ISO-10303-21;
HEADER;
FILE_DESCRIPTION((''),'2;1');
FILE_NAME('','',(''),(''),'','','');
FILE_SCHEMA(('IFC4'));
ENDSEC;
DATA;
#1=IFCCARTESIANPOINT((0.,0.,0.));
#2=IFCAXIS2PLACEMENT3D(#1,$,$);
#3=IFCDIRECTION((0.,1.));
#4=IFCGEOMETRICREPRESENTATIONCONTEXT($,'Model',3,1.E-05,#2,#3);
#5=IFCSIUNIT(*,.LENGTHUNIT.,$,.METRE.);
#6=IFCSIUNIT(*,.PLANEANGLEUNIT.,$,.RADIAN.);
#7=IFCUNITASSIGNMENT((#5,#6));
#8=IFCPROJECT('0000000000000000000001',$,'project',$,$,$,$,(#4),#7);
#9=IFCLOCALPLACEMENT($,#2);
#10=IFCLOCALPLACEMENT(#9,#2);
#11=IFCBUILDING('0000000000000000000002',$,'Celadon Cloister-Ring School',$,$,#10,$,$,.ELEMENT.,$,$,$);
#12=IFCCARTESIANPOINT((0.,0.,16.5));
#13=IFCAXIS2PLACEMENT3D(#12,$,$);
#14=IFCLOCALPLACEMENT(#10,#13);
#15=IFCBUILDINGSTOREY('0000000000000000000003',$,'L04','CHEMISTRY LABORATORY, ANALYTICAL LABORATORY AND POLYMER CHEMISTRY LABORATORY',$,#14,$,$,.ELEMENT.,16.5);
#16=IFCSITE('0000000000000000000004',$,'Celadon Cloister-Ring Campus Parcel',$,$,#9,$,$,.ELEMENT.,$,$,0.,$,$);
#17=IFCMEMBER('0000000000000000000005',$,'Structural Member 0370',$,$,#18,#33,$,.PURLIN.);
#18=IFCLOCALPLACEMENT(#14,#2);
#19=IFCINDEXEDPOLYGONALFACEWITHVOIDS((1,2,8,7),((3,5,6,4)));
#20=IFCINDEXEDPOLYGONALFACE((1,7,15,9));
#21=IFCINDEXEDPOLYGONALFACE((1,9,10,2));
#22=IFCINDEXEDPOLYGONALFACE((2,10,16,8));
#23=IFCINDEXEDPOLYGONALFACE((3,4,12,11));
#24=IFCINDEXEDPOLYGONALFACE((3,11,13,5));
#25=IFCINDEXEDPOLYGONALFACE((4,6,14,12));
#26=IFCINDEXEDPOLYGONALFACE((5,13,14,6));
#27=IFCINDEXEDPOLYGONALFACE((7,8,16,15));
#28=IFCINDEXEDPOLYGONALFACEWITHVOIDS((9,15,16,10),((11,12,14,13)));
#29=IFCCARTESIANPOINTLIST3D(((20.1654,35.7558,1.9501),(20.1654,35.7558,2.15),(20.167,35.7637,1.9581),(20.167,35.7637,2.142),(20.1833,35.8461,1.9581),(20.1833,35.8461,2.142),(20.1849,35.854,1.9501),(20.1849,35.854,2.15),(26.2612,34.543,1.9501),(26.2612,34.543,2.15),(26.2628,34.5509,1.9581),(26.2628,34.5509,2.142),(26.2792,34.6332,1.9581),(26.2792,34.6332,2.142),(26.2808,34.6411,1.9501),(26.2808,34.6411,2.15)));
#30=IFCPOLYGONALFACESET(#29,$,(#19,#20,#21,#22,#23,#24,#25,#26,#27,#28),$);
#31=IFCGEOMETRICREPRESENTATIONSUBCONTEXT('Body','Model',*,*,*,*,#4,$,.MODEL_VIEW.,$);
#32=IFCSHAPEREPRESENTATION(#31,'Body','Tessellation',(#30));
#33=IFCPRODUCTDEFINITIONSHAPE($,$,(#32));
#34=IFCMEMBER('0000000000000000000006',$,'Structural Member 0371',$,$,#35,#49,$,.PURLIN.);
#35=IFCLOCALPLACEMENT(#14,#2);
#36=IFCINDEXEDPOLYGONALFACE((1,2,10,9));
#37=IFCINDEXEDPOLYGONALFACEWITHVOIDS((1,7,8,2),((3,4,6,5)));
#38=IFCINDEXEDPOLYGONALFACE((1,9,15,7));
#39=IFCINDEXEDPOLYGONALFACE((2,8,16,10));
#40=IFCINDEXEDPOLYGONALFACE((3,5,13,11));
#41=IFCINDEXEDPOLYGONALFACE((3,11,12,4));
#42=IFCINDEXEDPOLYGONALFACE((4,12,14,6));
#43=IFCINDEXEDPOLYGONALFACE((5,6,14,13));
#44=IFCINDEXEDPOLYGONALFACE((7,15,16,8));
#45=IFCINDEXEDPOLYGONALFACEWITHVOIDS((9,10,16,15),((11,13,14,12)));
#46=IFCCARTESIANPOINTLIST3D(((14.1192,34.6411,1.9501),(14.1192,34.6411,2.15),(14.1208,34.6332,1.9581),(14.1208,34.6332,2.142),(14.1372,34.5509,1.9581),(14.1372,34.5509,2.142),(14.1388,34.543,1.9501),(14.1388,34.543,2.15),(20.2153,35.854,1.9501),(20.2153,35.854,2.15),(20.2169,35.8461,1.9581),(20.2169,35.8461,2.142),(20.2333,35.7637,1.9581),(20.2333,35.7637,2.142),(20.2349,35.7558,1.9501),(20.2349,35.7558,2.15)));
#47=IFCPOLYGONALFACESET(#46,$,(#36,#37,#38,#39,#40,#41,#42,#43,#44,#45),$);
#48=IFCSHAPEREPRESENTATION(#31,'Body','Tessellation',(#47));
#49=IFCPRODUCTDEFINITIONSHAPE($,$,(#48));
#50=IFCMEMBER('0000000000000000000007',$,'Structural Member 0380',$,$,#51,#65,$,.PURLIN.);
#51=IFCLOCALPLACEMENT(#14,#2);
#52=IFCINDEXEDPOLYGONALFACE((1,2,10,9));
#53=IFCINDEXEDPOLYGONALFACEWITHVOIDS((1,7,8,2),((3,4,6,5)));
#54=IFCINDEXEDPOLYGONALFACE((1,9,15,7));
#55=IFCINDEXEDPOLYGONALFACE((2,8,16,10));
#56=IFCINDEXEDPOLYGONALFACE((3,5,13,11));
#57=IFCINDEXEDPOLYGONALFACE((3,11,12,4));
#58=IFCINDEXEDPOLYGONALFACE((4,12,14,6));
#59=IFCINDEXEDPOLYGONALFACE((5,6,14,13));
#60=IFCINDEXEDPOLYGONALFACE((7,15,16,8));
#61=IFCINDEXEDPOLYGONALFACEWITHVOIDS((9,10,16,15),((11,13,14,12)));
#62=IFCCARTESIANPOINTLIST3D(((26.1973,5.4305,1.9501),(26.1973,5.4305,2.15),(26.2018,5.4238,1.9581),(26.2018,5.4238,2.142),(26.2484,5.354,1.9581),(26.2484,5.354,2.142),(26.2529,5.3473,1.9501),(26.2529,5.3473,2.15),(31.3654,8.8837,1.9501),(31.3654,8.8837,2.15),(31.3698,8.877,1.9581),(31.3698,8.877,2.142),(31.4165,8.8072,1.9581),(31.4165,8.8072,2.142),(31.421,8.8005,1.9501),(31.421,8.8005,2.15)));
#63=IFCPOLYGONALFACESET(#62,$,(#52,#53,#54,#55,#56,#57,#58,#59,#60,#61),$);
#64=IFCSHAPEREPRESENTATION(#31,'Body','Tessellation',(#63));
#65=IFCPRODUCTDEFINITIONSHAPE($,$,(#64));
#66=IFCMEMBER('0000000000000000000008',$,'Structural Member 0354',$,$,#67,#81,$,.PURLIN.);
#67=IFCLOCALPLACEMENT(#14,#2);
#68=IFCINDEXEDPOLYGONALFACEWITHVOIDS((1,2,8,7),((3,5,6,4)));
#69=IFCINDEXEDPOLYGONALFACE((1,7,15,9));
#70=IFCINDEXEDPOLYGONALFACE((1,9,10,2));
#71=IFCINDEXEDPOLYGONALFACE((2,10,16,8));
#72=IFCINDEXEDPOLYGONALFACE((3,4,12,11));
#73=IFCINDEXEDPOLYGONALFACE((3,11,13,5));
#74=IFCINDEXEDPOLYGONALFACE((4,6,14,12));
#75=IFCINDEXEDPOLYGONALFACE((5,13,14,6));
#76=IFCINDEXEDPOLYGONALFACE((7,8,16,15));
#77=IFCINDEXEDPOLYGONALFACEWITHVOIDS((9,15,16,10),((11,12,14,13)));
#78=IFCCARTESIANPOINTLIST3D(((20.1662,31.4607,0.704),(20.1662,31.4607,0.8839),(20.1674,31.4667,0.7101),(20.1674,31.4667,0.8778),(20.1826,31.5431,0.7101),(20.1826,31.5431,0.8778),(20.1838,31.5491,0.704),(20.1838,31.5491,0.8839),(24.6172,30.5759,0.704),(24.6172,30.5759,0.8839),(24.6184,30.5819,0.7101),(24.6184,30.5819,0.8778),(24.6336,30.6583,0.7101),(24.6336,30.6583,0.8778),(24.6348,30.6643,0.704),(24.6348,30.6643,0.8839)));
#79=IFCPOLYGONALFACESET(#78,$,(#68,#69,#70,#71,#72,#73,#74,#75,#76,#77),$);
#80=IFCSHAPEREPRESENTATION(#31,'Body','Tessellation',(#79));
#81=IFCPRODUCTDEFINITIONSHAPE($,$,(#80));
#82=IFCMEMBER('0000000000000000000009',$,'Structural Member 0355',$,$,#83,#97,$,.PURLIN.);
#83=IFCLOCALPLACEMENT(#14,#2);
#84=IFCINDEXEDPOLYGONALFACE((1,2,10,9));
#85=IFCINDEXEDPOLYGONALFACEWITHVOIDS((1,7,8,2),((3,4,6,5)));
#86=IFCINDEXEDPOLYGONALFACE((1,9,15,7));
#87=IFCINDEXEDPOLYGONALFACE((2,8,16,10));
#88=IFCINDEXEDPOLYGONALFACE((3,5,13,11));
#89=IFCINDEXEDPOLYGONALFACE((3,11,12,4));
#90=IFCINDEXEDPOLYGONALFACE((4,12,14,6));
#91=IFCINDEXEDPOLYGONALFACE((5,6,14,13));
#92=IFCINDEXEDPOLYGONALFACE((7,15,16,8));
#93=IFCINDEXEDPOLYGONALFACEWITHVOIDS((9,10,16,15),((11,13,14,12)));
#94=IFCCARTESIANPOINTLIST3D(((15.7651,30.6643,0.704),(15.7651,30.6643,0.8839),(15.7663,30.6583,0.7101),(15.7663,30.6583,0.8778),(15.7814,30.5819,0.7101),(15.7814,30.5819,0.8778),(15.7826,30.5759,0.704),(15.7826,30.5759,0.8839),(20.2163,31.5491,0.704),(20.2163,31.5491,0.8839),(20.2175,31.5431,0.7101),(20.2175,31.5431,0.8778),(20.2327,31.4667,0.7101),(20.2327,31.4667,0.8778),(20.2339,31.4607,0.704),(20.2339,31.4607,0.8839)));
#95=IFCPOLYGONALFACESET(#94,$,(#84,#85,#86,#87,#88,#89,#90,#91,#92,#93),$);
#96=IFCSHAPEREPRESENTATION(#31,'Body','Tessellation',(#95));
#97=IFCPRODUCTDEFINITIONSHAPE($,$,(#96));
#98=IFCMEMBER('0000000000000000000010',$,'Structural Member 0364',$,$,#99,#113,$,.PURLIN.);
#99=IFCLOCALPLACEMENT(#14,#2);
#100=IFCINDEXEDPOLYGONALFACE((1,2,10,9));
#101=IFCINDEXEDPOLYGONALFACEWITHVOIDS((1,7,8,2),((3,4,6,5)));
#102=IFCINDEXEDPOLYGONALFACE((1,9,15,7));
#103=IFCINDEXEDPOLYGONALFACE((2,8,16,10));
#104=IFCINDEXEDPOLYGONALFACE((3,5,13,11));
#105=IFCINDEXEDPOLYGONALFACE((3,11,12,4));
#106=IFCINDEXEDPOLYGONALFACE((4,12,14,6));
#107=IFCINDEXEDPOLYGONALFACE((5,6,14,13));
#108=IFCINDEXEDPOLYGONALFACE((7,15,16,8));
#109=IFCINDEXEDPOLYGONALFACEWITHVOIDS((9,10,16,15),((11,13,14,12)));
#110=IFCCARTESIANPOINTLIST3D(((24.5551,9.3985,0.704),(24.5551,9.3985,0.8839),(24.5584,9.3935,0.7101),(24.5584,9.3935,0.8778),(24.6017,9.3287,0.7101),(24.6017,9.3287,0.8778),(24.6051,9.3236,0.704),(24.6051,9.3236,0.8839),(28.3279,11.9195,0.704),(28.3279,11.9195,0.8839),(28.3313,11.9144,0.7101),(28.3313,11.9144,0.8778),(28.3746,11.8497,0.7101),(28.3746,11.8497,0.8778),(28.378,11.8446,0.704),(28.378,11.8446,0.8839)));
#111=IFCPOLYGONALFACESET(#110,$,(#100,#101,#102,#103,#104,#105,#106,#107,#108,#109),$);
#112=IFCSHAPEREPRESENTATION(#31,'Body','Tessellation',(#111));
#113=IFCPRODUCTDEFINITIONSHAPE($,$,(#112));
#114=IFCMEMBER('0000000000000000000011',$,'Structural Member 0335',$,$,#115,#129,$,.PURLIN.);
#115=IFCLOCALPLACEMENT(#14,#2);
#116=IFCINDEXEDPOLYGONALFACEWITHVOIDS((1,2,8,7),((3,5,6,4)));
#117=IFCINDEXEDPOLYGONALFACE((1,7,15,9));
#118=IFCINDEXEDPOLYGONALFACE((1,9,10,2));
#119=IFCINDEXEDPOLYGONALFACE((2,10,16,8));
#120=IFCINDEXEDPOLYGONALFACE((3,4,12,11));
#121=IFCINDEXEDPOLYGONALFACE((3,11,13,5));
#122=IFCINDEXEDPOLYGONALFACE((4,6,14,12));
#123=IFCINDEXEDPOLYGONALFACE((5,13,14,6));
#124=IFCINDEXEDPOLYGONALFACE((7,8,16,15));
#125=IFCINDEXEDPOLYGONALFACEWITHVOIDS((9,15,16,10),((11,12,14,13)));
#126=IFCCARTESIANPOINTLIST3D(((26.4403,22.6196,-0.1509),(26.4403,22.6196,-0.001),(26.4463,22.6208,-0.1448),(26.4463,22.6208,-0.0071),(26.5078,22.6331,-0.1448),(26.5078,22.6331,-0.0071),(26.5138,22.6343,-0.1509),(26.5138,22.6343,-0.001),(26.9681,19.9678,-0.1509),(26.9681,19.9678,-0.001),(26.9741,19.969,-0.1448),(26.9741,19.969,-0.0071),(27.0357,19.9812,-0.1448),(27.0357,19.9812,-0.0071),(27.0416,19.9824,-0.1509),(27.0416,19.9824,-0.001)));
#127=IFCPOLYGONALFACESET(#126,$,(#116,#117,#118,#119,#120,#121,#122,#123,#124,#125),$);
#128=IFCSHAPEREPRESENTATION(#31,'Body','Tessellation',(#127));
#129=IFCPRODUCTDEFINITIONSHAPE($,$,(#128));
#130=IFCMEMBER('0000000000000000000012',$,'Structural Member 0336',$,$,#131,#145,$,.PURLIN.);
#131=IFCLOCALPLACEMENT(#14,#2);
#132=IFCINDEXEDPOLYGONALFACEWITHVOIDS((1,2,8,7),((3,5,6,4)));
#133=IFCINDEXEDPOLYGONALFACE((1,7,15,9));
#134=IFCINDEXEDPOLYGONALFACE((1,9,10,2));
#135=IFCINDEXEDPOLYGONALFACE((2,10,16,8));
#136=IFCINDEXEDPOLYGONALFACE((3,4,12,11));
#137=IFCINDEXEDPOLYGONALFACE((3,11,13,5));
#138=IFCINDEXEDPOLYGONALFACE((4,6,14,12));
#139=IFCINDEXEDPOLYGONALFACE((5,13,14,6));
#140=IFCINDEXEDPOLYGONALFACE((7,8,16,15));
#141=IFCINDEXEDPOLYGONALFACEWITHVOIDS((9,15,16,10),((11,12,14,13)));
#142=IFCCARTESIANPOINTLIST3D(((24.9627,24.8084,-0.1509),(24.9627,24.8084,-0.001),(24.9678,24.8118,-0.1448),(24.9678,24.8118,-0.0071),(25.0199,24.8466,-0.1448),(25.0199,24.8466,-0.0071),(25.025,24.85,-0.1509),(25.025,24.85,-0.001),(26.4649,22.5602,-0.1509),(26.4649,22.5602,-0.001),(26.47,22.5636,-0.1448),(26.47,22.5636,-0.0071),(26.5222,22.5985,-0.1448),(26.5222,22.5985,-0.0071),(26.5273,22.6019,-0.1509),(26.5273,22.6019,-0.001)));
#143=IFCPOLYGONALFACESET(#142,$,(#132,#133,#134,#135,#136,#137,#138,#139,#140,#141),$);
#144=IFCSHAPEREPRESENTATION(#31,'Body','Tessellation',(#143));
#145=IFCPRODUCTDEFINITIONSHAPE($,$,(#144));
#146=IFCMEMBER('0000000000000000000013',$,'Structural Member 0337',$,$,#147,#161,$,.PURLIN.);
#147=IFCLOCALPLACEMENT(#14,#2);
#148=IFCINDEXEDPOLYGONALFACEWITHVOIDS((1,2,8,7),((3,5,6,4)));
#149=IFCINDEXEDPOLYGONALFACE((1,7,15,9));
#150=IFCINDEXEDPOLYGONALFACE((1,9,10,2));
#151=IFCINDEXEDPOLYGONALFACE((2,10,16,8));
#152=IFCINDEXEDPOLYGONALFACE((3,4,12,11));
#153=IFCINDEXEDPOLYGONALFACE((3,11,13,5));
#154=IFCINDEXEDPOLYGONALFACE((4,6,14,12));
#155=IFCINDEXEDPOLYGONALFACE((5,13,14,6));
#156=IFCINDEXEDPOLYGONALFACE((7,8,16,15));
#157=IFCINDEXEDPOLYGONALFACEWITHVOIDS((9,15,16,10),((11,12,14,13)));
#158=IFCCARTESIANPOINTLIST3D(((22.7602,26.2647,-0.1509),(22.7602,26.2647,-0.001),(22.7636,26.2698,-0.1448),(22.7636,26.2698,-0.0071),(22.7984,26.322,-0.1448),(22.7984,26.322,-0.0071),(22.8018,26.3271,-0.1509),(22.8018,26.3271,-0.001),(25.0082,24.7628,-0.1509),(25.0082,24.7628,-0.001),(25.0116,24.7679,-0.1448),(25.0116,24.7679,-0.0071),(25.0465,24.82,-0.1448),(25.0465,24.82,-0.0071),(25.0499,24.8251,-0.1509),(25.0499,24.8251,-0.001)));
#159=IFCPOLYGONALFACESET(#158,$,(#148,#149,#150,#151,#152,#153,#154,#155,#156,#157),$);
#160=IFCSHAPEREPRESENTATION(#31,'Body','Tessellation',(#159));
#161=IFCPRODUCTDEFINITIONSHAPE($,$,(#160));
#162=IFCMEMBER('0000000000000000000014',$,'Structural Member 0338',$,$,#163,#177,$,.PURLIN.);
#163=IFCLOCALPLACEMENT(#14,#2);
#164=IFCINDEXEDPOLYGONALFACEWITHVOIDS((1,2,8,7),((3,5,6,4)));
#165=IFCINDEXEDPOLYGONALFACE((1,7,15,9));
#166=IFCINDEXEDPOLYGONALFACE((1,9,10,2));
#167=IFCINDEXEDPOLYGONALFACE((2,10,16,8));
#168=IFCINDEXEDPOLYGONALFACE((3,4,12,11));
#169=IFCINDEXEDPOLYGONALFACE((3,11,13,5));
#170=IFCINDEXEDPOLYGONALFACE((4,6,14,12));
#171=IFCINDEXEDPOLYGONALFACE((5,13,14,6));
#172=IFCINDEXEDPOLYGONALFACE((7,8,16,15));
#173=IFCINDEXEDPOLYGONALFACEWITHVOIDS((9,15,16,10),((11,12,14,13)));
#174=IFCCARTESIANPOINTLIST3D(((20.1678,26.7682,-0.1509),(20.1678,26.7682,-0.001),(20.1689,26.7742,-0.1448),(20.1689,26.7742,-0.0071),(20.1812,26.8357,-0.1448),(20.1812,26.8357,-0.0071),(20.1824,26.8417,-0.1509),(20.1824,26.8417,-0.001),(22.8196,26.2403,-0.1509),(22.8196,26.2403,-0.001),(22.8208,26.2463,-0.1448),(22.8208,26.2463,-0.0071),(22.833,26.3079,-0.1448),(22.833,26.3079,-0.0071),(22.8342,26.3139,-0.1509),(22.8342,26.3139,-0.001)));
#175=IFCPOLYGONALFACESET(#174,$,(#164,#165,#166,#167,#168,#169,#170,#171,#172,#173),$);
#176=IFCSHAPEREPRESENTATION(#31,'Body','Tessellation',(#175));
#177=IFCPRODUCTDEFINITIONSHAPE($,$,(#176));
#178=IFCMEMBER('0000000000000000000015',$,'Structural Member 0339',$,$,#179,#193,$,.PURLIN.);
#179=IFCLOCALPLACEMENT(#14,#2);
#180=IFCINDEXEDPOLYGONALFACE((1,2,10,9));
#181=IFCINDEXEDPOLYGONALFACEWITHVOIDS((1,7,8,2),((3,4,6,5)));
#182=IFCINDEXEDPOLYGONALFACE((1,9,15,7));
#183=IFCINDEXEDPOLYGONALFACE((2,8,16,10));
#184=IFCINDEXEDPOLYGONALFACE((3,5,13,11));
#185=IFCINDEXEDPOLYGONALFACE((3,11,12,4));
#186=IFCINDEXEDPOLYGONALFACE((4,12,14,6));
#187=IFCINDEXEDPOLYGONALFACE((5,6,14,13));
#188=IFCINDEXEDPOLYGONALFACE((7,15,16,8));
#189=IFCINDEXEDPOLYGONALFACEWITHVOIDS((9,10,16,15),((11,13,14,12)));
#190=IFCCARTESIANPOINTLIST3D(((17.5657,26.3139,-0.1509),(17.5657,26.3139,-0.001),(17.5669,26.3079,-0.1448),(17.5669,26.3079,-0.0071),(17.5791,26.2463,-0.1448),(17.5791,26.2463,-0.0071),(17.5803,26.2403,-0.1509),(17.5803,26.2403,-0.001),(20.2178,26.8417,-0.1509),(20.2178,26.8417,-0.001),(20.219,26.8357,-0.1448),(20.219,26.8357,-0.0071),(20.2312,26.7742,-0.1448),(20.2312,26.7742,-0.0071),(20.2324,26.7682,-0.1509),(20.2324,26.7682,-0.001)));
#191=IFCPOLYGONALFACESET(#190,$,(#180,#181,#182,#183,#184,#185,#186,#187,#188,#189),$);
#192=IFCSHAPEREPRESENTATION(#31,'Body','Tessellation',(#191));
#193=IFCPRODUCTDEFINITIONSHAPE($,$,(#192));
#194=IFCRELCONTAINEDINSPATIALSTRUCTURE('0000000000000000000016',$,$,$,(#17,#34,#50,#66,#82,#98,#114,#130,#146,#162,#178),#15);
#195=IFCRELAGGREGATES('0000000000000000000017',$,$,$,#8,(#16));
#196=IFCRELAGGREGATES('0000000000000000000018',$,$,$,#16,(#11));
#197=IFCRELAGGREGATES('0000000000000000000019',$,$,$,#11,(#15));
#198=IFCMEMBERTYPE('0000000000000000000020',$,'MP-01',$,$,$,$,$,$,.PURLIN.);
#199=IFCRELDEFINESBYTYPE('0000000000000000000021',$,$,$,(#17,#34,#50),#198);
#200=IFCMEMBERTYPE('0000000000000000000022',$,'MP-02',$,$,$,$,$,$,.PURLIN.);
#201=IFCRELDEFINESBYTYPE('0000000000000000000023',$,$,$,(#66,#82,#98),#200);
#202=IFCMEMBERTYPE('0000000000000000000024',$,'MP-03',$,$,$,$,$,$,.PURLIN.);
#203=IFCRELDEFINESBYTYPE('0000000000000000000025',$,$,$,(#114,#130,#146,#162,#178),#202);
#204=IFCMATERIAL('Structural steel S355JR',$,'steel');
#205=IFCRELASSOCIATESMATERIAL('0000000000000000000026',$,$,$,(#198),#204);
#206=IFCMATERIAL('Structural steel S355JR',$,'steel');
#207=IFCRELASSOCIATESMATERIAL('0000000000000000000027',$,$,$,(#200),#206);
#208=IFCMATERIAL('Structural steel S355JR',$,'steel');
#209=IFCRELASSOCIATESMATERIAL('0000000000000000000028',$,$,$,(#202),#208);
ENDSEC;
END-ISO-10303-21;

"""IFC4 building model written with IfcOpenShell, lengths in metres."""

from ifc_helpers import new_model, si_unit, direction, frame, origin, origin_2d, place, context, subcontext, project, spatial, hollow_rectangle, extrude, material, material_profile, profile_set, type_object, element, save


model = new_model("IFC4")

# Units and contexts
model_context = context("Model", 3, precision=1e-05, world=origin(), true_north=direction((0.0, 1.0)))
body_context = subcontext(model_context, "Body", "Model", "MODEL_VIEW")
ifc_project = project(units=[si_unit("LENGTHUNIT", "METRE"), si_unit("PLANEANGLEUNIT", "RADIAN")], contexts=[model_context])

# Site, building, storey
site_placement = place(None, origin())
site = spatial("IfcSite", under=ifc_project, at=site_placement, Name="Celadon Cloister-Ring Campus Parcel", CompositionType="ELEMENT", RefElevation=0.0)
building_placement = place(site_placement, origin())
building = spatial("IfcBuilding", under=site, at=building_placement, Name="Celadon Cloister-Ring School", CompositionType="ELEMENT")
storey_placement = place(building_placement, frame((0.0, 0.0, 16.5)))
storey = spatial("IfcBuildingStorey", under=building, at=storey_placement, Name="L04", Description="CHEMISTRY LABORATORY, ANALYTICAL LABORATORY AND POLYMER CHEMISTRY LABORATORY", CompositionType="ELEMENT", Elevation=16.5)

# Members
ifc_material_1 = material(Name="Structural steel S355JR", Category="steel")
ifc_material_profile_1 = material_profile(ifc_material_1, hollow_rectangle(XDim=0.1001, YDim=0.2, WallThickness=0.0081, at=origin_2d()), Name="HSS200X100X8")
ifc_profile_set_1 = profile_set([ifc_material_profile_1], Name="Structural steel S355JR")
member_type_1 = type_object("IfcMemberType", Name="MP-01", PredefinedType="PURLIN", material=ifc_profile_set_1)
member_1_placement = place(storey_placement, frame((26.271, 34.592, 2.05), z_axis=(-0.980775, 0.195142, 0.0), x_axis=(-0.195142, -0.980775, 0.0)))
element("IfcMember", 1, at=member_1_placement, inside=storey, type_object=member_type_1, Name="Structural Member 0370", PredefinedType="PURLIN", context=body_context, shape_type="SweptSolid", body=[
    extrude(hollow_rectangle(XDim=0.1001, YDim=0.2, WallThickness=0.0081, at=origin_2d()), origin(), (0.0, 0.0, 1.0), 6.2153),
])
for number, where, z_axis, x_axis, name in (
    (2, (20.2251, 35.8049, 2.05), (-0.980777, -0.195134, 0.0), (0.195134, -0.980777, 0.0), "Structural Member 0371"),
    (3, (26.2251, 5.3889, 2.05), (0.83147, 0.55557, 0.0), (-0.55557, 0.83147, 0.0), "Structural Member 0380"),
):
    element("IfcMember", number, at=place(storey_placement, frame(where, z_axis=z_axis, x_axis=x_axis)), inside=storey, type_object=member_type_1, Name=name, PredefinedType="PURLIN", context=body_context, shape_type="SweptSolid", body=[
        extrude(hollow_rectangle(XDim=0.1001, YDim=0.2, WallThickness=0.0081, at=origin_2d()), origin(), (0.0, 0.0, 1.0), 6.2156),
    ])
ifc_material_2 = material(Name="Structural steel S355JR", Category="steel")
ifc_material_profile_2 = material_profile(ifc_material_2, hollow_rectangle(XDim=0.0901, YDim=0.1799, WallThickness=0.0061, at=origin_2d()), Name="HSS180X90X6")
ifc_profile_set_2 = profile_set([ifc_material_profile_2], Name="Structural steel S355JR")
member_type_2 = type_object("IfcMemberType", Name="MP-02", PredefinedType="PURLIN", material=ifc_profile_set_2)
member_2_placement = place(storey_placement, frame((24.626, 30.6201, 0.7939), z_axis=(-0.98081, 0.194968, 0.0), x_axis=(-0.194968, -0.98081, 0.0)))
element("IfcMember", 4, at=member_2_placement, inside=storey, type_object=member_type_2, Name="Structural Member 0354", PredefinedType="PURLIN", context=body_context, shape_type="SweptSolid", body=[
    extrude(hollow_rectangle(XDim=0.0901, YDim=0.1799, WallThickness=0.0061, at=origin_2d()), origin(), (0.0, 0.0, 1.0), 4.5381),
])
member_3_placement = place(storey_placement, frame((20.2251, 31.5049, 0.7939), z_axis=(-0.980812, -0.194957, 0.0), x_axis=(0.194957, -0.980812, 0.0)))
element("IfcMember", 5, at=member_3_placement, inside=storey, type_object=member_type_2, Name="Structural Member 0355", PredefinedType="PURLIN", context=body_context, shape_type="SweptSolid", body=[
    extrude(hollow_rectangle(XDim=0.0901, YDim=0.1799, WallThickness=0.0061, at=origin_2d()), origin(), (0.0, 0.0, 1.0), 4.5383),
])
member_4_placement = place(storey_placement, frame((24.5801, 9.3611, 0.7939), z_axis=(0.83147, 0.555569, 0.0), x_axis=(-0.555569, 0.83147, 0.0)))
element("IfcMember", 6, at=member_4_placement, inside=storey, type_object=member_type_2, Name="Structural Member 0364", PredefinedType="PURLIN", context=body_context, shape_type="SweptSolid", body=[
    extrude(hollow_rectangle(XDim=0.0901, YDim=0.1799, WallThickness=0.0061, at=origin_2d()), origin(), (0.0, 0.0, 1.0), 4.5376),
])
ifc_material_3 = material(Name="Structural steel S355JR", Category="steel")
ifc_material_profile_3 = material_profile(ifc_material_3, hollow_rectangle(XDim=0.075, YDim=0.1499, WallThickness=0.0061, at=origin_2d()), Name="HSS150X75X6")
ifc_profile_set_3 = profile_set([ifc_material_profile_3], Name="Structural steel S355JR")
member_type_3 = type_object("IfcMemberType", Name="MP-03", PredefinedType="PURLIN", material=ifc_profile_set_3)
for number, where, z_axis, x_axis, name in (
    (7, (27.0049, 19.9751, -0.0759), (-0.195213, 0.980761, 0.0), (-0.980761, -0.195213, 0.0), "Structural Member 0335"),
    (8, (26.4961, 22.5811, -0.0759), (-0.555596, 0.831452, 0.0), (-0.831452, -0.555596, 0.0), "Structural Member 0336"),
):
    element("IfcMember", number, at=place(storey_placement, frame(where, z_axis=z_axis, x_axis=x_axis)), inside=storey, type_object=member_type_3, Name=name, PredefinedType="PURLIN", context=body_context, shape_type="SweptSolid", body=[
        extrude(hollow_rectangle(XDim=0.075, YDim=0.1499, WallThickness=0.0061, at=origin_2d()), origin(), (0.0, 0.0, 1.0), 2.7039),
    ])
member_5_placement = place(storey_placement, frame((25.0291, 24.7939, -0.0759), z_axis=(-0.831494, 0.555533, 0.0), x_axis=(-0.555533, -0.831494, 0.0)))
element("IfcMember", 9, at=member_5_placement, inside=storey, type_object=member_type_3, Name="Structural Member 0337", PredefinedType="PURLIN", context=body_context, shape_type="SweptSolid", body=[
    extrude(hollow_rectangle(XDim=0.075, YDim=0.1499, WallThickness=0.0061, at=origin_2d()), origin(), (0.0, 0.0, 1.0), 2.7036),
])
member_6_placement = place(storey_placement, frame((22.8269, 26.2771, -0.0759), z_axis=(-0.980761, 0.195213, 0.0), x_axis=(-0.195213, -0.980761, 0.0)))
element("IfcMember", 10, at=member_6_placement, inside=storey, type_object=member_type_3, Name="Structural Member 0338", PredefinedType="PURLIN", context=body_context, shape_type="SweptSolid", body=[
    extrude(hollow_rectangle(XDim=0.075, YDim=0.1499, WallThickness=0.0061, at=origin_2d()), origin(), (0.0, 0.0, 1.0), 2.7039),
])
member_7_placement = place(storey_placement, frame((20.2251, 26.8049, -0.0759), z_axis=(-0.980764, -0.195196, 0.0), x_axis=(0.195196, -0.980764, 0.0)))
element("IfcMember", 11, at=member_7_placement, inside=storey, type_object=member_type_3, Name="Structural Member 0339", PredefinedType="PURLIN", context=body_context, shape_type="SweptSolid", body=[
    extrude(hollow_rectangle(XDim=0.075, YDim=0.1499, WallThickness=0.0061, at=origin_2d()), origin(), (0.0, 0.0, 1.0), 2.7041),
])

save(model, "model.ifc")
